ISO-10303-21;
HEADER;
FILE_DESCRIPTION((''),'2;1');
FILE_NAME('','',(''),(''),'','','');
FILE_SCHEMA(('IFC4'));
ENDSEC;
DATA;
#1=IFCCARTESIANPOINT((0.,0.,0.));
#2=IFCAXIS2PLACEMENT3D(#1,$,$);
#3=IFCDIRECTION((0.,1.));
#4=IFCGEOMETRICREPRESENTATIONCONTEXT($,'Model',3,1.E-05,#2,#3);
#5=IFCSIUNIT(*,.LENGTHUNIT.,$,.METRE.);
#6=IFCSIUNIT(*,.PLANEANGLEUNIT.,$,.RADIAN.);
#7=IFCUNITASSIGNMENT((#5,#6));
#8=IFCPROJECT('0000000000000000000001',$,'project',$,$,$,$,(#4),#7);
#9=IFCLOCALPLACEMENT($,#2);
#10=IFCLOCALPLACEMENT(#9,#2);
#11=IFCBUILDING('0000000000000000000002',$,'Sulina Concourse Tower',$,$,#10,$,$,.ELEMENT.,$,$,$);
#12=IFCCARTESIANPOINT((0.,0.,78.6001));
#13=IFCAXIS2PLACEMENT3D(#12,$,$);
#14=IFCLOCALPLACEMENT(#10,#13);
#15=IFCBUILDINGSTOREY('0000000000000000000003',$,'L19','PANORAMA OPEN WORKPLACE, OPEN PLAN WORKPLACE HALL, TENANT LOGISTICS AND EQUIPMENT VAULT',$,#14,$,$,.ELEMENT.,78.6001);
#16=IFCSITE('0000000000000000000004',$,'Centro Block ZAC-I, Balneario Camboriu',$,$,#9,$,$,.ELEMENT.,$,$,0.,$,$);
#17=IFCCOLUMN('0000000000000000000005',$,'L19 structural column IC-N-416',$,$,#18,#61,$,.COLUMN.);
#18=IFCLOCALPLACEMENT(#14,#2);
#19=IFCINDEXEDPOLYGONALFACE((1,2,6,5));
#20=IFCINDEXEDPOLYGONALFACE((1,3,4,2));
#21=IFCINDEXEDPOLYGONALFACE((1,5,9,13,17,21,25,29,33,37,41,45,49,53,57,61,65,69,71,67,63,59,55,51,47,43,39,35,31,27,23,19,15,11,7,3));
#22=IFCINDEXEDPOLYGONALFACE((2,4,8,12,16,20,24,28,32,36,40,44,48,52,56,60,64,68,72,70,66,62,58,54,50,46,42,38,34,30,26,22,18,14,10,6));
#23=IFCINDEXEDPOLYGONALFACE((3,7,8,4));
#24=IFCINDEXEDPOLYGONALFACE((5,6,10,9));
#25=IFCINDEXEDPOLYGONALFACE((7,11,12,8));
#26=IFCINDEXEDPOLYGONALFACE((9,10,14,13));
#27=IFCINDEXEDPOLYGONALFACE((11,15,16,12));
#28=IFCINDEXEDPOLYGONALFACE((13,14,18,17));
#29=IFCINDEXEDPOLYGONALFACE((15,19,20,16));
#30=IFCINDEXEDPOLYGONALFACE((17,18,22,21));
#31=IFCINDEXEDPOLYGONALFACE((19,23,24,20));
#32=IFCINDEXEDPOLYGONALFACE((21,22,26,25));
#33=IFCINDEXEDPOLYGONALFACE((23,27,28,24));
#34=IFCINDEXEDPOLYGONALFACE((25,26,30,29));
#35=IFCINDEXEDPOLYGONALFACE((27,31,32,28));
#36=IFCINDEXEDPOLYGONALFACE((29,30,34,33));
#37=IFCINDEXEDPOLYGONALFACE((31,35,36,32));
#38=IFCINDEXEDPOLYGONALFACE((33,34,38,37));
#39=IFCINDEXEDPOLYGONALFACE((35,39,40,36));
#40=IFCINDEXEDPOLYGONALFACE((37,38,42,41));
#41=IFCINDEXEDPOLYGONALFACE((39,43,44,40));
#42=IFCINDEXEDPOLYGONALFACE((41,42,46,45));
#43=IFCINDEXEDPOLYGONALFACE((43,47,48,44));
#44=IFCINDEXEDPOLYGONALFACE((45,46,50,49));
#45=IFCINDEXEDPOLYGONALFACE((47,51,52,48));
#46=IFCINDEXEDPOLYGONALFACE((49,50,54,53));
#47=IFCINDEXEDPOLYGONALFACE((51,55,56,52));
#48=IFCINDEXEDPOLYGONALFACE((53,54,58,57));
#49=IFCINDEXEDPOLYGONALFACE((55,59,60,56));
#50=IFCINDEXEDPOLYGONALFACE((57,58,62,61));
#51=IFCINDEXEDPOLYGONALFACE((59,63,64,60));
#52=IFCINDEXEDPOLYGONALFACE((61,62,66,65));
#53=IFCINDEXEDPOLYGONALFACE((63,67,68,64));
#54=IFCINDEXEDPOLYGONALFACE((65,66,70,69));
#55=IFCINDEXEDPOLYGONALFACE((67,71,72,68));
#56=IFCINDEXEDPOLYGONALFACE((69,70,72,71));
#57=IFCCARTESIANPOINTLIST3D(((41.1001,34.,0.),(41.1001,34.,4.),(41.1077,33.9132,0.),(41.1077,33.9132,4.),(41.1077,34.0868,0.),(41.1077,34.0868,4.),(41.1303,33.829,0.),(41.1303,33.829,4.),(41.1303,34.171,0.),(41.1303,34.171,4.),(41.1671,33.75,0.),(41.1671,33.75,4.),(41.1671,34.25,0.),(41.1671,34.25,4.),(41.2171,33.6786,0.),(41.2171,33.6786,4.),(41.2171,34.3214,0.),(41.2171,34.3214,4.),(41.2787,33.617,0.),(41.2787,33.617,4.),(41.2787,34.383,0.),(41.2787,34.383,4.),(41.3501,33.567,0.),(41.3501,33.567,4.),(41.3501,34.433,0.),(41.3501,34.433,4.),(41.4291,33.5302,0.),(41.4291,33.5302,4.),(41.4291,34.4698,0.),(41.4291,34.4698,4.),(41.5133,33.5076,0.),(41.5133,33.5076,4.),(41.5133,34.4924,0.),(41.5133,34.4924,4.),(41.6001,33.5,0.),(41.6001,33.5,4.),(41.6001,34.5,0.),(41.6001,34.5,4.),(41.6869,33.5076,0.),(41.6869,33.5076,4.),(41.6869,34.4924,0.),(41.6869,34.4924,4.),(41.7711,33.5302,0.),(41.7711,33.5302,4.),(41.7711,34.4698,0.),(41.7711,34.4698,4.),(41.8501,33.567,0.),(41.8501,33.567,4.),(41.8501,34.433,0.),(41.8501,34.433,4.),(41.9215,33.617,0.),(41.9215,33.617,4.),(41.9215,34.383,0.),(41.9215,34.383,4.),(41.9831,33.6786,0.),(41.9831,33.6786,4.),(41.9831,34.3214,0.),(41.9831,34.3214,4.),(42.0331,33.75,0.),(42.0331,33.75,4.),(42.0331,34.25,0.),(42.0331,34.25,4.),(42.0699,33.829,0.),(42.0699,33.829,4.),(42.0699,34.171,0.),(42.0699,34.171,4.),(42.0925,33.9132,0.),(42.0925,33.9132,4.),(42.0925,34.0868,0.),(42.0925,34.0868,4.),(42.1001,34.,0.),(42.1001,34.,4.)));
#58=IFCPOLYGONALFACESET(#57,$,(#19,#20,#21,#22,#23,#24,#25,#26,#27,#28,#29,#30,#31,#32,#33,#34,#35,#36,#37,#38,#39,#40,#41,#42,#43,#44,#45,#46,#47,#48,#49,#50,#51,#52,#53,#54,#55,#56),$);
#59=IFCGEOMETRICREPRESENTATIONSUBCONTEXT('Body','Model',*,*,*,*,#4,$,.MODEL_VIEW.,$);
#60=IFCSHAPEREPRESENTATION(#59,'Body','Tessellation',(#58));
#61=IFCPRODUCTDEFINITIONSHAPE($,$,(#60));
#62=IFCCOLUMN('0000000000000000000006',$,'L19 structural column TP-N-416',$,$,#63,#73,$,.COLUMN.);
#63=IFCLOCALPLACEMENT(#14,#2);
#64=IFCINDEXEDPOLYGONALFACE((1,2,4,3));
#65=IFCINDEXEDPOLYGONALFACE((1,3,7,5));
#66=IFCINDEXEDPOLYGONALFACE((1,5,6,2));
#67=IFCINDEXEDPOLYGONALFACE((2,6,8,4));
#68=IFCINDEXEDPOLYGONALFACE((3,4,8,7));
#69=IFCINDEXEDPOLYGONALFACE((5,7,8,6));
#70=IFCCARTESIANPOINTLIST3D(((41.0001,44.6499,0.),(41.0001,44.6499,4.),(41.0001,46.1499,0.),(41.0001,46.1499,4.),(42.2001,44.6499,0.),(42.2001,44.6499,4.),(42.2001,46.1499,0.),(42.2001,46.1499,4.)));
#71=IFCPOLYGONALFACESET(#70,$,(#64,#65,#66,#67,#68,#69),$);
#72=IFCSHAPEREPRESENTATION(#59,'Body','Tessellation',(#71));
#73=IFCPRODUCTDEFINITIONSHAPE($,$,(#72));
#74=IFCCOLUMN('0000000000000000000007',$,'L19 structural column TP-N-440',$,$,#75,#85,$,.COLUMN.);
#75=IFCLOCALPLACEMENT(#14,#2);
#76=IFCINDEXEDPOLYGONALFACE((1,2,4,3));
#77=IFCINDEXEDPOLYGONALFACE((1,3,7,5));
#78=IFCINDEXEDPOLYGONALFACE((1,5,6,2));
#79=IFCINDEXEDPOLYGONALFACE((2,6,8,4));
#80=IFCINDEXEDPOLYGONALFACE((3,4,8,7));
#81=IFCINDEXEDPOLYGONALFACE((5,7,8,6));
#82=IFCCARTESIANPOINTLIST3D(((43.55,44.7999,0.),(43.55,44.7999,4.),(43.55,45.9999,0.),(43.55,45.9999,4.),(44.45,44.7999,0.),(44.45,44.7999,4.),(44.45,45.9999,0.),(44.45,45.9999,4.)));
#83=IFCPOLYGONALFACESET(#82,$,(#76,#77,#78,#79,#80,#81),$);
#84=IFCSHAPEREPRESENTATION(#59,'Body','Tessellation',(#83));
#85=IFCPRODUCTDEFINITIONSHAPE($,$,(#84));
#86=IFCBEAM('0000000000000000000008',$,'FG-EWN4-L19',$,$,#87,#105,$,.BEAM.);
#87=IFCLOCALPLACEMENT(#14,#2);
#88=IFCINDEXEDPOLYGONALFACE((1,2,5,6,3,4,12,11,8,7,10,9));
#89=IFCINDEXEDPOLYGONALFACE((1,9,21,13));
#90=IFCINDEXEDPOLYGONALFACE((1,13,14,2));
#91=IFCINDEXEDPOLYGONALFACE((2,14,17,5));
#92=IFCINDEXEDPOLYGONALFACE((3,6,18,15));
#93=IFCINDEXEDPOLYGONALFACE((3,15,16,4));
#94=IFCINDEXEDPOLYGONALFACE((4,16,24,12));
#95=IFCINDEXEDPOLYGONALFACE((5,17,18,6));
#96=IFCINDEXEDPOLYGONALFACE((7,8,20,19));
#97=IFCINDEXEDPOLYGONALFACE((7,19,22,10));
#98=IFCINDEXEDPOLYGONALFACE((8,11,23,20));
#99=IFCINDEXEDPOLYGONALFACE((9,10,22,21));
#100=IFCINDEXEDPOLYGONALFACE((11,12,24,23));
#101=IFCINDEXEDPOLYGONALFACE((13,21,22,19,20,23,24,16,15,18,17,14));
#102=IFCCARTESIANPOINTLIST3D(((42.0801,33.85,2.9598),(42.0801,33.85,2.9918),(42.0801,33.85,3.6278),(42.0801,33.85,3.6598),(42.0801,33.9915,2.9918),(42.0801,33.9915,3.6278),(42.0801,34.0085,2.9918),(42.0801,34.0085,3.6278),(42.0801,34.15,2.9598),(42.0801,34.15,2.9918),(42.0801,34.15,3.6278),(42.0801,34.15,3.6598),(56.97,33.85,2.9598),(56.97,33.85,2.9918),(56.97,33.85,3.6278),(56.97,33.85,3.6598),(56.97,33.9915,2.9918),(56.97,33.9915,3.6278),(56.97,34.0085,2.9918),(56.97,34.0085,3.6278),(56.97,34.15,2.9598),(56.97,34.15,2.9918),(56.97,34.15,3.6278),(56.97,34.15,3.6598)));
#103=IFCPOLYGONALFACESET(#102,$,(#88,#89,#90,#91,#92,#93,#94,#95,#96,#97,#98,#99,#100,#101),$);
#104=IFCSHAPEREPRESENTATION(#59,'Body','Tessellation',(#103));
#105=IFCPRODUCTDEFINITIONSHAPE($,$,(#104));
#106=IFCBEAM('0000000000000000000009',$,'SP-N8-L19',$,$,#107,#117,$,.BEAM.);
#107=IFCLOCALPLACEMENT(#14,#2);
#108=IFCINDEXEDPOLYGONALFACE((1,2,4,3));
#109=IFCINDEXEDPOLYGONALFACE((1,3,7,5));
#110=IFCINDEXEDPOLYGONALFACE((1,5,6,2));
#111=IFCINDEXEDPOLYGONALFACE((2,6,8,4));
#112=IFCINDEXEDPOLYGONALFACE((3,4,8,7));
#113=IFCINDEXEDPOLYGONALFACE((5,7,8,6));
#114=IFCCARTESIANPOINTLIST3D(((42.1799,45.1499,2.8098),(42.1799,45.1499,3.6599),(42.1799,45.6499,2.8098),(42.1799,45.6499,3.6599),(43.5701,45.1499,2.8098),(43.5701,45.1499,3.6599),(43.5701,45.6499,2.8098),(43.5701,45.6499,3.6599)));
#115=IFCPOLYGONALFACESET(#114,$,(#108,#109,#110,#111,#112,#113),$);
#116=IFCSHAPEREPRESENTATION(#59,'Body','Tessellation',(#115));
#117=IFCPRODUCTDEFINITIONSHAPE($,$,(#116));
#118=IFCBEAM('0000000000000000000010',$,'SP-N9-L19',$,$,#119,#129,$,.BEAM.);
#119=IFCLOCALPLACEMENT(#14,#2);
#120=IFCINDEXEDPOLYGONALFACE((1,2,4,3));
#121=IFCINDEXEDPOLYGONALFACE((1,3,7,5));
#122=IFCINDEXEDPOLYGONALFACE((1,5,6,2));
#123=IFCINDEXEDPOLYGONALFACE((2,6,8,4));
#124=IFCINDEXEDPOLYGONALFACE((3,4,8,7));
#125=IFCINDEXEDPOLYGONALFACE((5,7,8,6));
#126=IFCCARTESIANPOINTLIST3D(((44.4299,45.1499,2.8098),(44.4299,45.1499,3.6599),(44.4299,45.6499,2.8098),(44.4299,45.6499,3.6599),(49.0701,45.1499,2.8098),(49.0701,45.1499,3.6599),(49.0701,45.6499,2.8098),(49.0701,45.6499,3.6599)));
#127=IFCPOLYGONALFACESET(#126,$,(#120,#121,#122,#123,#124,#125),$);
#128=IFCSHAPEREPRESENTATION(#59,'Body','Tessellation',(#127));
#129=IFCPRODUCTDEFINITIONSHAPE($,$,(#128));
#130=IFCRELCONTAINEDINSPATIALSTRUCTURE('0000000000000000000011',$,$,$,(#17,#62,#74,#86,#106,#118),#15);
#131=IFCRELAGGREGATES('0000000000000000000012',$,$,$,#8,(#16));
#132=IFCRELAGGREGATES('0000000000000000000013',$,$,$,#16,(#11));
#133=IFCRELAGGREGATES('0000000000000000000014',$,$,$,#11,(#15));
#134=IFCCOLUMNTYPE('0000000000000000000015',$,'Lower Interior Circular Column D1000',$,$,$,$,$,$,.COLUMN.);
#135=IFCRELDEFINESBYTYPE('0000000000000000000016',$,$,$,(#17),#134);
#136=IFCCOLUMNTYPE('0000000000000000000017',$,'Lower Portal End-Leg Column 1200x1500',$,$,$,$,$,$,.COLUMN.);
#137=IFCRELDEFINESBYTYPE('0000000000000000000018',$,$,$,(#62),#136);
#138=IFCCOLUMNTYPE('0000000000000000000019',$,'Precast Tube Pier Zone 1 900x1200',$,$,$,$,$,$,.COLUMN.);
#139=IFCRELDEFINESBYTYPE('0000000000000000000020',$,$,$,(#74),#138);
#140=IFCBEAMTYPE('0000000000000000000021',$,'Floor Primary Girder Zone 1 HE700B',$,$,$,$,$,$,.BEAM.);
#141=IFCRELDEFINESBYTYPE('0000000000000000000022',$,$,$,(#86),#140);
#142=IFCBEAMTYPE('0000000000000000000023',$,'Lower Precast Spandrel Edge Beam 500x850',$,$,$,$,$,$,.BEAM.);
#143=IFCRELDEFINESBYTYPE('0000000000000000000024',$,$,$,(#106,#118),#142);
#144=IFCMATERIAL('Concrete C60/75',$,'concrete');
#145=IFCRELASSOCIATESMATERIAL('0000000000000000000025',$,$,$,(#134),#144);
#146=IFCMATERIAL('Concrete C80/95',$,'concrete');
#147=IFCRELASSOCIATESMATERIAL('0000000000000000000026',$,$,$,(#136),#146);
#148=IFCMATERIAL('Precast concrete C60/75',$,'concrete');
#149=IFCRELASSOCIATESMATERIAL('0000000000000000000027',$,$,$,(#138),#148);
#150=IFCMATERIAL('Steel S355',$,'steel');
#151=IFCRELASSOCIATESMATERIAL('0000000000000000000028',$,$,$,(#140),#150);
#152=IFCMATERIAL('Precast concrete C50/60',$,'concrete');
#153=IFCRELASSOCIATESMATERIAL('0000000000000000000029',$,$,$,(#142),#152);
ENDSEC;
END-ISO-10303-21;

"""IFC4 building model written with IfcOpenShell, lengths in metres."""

from ifc_helpers import new_model, si_unit, direction, frame, origin, origin_2d, place, context, subcontext, project, spatial, rectangle, circle, i_section, extrude, material, material_profile, profile_set, type_object, element, save


model = new_model("IFC4")

# Units and contexts
model_context = context("Model", 3, precision=1e-05, world=origin(), true_north=direction((0.0, 1.0)))
body_context = subcontext(model_context, "Body", "Model", "MODEL_VIEW")
ifc_project = project(units=[si_unit("LENGTHUNIT", "METRE"), si_unit("PLANEANGLEUNIT", "RADIAN")], contexts=[model_context])

# Site, building, storey
site_placement = place(None, origin())
site = spatial("IfcSite", under=ifc_project, at=site_placement, Name="Centro Block ZAC-I, Balneario Camboriu", CompositionType="ELEMENT", RefElevation=0.0)
building_placement = place(site_placement, origin())
building = spatial("IfcBuilding", under=site, at=building_placement, Name="Sulina Concourse Tower", CompositionType="ELEMENT")
storey_placement = place(building_placement, frame((0.0, 0.0, 78.6001)))
storey = spatial("IfcBuildingStorey", under=building, at=storey_placement, Name="L19", Description="PANORAMA OPEN WORKPLACE, OPEN PLAN WORKPLACE HALL, TENANT LOGISTICS AND EQUIPMENT VAULT", CompositionType="ELEMENT", Elevation=78.6001)

# Columns
ifc_material_1 = material(Name="Concrete C60/75", Category="concrete")
ifc_material_profile_1 = material_profile(ifc_material_1, circle(Radius=0.5, at=origin_2d()), Name="RC D1000")
ifc_profile_set_1 = profile_set([ifc_material_profile_1], Name="Concrete C60/75")
column_type_1 = type_object("IfcColumnType", Name="Lower Interior Circular Column D1000", PredefinedType="COLUMN", material=ifc_profile_set_1)
column_1_placement = place(storey_placement, frame((41.6001, 34.0, 0.0), z_axis=(0.0, 0.0, 1.0), x_axis=(1.0, 0.0, 0.0)))
element("IfcColumn", 1, at=column_1_placement, inside=storey, type_object=column_type_1, Name="L19 structural column IC-N-416", PredefinedType="COLUMN", context=body_context, shape_type="SweptSolid", body=[
    extrude(circle(Radius=0.5, at=origin_2d()), origin(), (0.0, 0.0, 1.0), 4.0),
])
ifc_material_2 = material(Name="Concrete C80/95", Category="concrete")
ifc_material_profile_2 = material_profile(ifc_material_2, rectangle(XDim=1.2, YDim=1.5, at=origin_2d()), Name="RC 1200x1500")
ifc_profile_set_2 = profile_set([ifc_material_profile_2], Name="Concrete C80/95")
column_type_2 = type_object("IfcColumnType", Name="Lower Portal End-Leg Column 1200x1500", PredefinedType="COLUMN", material=ifc_profile_set_2)
column_2_placement = place(storey_placement, frame((41.6001, 45.3999, 0.0), z_axis=(0.0, 0.0, 1.0), x_axis=(1.0, 0.0, 0.0)))
element("IfcColumn", 2, at=column_2_placement, inside=storey, type_object=column_type_2, Name="L19 structural column TP-N-416", PredefinedType="COLUMN", context=body_context, shape_type="SweptSolid", body=[
    extrude(rectangle(XDim=1.2, YDim=1.5, at=origin_2d()), origin(), (0.0, 0.0, 1.0), 4.0),
])
ifc_material_3 = material(Name="Precast concrete C60/75", Category="concrete")
ifc_material_profile_3 = material_profile(ifc_material_3, rectangle(XDim=0.8999, YDim=1.2, at=origin_2d()), Name="PC 900x1200")
ifc_profile_set_3 = profile_set([ifc_material_profile_3], Name="Precast concrete C60/75")
column_type_3 = type_object("IfcColumnType", Name="Precast Tube Pier Zone 1 900x1200", PredefinedType="COLUMN", material=ifc_profile_set_3)
column_3_placement = place(storey_placement, frame((44.0, 45.3999, 0.0), z_axis=(0.0, 0.0, 1.0), x_axis=(1.0, 0.0, 0.0)))
element("IfcColumn", 3, at=column_3_placement, inside=storey, type_object=column_type_3, Name="L19 structural column TP-N-440", PredefinedType="COLUMN", context=body_context, shape_type="SweptSolid", body=[
    extrude(rectangle(XDim=0.8999, YDim=1.2, at=origin_2d()), origin(), (0.0, 0.0, 1.0), 4.0),
])

# Beams
ifc_material_4 = material(Name="Steel S355", Category="steel")
ifc_material_profile_4 = material_profile(ifc_material_4, i_section(OverallWidth=0.3, OverallDepth=0.7, WebThickness=0.0171, FlangeThickness=0.032, at=origin_2d()), Name="HE 700 B")
ifc_profile_set_4 = profile_set([ifc_material_profile_4], Name="Steel S355")
beam_type_1 = type_object("IfcBeamType", Name="Floor Primary Girder Zone 1 HE700B", PredefinedType="BEAM", material=ifc_profile_set_4)
beam_1_placement = place(storey_placement, frame((42.0801, 34.0, 3.3098), z_axis=(1.0, 0.0, 0.0), x_axis=(0.0, 1.0, 0.0)))
element("IfcBeam", 4, at=beam_1_placement, inside=storey, type_object=beam_type_1, Name="FG-EWN4-L19", PredefinedType="BEAM", context=body_context, shape_type="SweptSolid", body=[
    extrude(i_section(OverallWidth=0.3, OverallDepth=0.7, WebThickness=0.0171, FlangeThickness=0.032, at=origin_2d()), origin(), (0.0, 0.0, 1.0), 14.8899),
])
ifc_material_5 = material(Name="Precast concrete C50/60", Category="concrete")
ifc_material_profile_5 = material_profile(ifc_material_5, rectangle(XDim=0.5, YDim=0.8501, at=origin_2d()), Name="RC 500x850")
ifc_profile_set_5 = profile_set([ifc_material_profile_5], Name="Precast concrete C50/60")
beam_type_2 = type_object("IfcBeamType", Name="Lower Precast Spandrel Edge Beam 500x850", PredefinedType="BEAM", material=ifc_profile_set_5)
beam_2_placement = place(storey_placement, frame((42.1799, 45.3999, 3.2349), z_axis=(1.0, 0.0, 0.0), x_axis=(0.0, 1.0, 0.0)))
element("IfcBeam", 5, at=beam_2_placement, inside=storey, type_object=beam_type_2, Name="SP-N8-L19", PredefinedType="BEAM", context=body_context, shape_type="SweptSolid", body=[
    extrude(rectangle(XDim=0.5, YDim=0.8501, at=origin_2d()), origin(), (0.0, 0.0, 1.0), 1.3901),
])
beam_3_placement = place(storey_placement, frame((44.4299, 45.3999, 3.2349), z_axis=(1.0, 0.0, 0.0), x_axis=(0.0, 1.0, 0.0)))
element("IfcBeam", 6, at=beam_3_placement, inside=storey, type_object=beam_type_2, Name="SP-N9-L19", PredefinedType="BEAM", context=body_context, shape_type="SweptSolid", body=[
    extrude(rectangle(XDim=0.5, YDim=0.8501, at=origin_2d()), origin(), (0.0, 0.0, 1.0), 4.6401),
])

save(model, "model.ifc")
